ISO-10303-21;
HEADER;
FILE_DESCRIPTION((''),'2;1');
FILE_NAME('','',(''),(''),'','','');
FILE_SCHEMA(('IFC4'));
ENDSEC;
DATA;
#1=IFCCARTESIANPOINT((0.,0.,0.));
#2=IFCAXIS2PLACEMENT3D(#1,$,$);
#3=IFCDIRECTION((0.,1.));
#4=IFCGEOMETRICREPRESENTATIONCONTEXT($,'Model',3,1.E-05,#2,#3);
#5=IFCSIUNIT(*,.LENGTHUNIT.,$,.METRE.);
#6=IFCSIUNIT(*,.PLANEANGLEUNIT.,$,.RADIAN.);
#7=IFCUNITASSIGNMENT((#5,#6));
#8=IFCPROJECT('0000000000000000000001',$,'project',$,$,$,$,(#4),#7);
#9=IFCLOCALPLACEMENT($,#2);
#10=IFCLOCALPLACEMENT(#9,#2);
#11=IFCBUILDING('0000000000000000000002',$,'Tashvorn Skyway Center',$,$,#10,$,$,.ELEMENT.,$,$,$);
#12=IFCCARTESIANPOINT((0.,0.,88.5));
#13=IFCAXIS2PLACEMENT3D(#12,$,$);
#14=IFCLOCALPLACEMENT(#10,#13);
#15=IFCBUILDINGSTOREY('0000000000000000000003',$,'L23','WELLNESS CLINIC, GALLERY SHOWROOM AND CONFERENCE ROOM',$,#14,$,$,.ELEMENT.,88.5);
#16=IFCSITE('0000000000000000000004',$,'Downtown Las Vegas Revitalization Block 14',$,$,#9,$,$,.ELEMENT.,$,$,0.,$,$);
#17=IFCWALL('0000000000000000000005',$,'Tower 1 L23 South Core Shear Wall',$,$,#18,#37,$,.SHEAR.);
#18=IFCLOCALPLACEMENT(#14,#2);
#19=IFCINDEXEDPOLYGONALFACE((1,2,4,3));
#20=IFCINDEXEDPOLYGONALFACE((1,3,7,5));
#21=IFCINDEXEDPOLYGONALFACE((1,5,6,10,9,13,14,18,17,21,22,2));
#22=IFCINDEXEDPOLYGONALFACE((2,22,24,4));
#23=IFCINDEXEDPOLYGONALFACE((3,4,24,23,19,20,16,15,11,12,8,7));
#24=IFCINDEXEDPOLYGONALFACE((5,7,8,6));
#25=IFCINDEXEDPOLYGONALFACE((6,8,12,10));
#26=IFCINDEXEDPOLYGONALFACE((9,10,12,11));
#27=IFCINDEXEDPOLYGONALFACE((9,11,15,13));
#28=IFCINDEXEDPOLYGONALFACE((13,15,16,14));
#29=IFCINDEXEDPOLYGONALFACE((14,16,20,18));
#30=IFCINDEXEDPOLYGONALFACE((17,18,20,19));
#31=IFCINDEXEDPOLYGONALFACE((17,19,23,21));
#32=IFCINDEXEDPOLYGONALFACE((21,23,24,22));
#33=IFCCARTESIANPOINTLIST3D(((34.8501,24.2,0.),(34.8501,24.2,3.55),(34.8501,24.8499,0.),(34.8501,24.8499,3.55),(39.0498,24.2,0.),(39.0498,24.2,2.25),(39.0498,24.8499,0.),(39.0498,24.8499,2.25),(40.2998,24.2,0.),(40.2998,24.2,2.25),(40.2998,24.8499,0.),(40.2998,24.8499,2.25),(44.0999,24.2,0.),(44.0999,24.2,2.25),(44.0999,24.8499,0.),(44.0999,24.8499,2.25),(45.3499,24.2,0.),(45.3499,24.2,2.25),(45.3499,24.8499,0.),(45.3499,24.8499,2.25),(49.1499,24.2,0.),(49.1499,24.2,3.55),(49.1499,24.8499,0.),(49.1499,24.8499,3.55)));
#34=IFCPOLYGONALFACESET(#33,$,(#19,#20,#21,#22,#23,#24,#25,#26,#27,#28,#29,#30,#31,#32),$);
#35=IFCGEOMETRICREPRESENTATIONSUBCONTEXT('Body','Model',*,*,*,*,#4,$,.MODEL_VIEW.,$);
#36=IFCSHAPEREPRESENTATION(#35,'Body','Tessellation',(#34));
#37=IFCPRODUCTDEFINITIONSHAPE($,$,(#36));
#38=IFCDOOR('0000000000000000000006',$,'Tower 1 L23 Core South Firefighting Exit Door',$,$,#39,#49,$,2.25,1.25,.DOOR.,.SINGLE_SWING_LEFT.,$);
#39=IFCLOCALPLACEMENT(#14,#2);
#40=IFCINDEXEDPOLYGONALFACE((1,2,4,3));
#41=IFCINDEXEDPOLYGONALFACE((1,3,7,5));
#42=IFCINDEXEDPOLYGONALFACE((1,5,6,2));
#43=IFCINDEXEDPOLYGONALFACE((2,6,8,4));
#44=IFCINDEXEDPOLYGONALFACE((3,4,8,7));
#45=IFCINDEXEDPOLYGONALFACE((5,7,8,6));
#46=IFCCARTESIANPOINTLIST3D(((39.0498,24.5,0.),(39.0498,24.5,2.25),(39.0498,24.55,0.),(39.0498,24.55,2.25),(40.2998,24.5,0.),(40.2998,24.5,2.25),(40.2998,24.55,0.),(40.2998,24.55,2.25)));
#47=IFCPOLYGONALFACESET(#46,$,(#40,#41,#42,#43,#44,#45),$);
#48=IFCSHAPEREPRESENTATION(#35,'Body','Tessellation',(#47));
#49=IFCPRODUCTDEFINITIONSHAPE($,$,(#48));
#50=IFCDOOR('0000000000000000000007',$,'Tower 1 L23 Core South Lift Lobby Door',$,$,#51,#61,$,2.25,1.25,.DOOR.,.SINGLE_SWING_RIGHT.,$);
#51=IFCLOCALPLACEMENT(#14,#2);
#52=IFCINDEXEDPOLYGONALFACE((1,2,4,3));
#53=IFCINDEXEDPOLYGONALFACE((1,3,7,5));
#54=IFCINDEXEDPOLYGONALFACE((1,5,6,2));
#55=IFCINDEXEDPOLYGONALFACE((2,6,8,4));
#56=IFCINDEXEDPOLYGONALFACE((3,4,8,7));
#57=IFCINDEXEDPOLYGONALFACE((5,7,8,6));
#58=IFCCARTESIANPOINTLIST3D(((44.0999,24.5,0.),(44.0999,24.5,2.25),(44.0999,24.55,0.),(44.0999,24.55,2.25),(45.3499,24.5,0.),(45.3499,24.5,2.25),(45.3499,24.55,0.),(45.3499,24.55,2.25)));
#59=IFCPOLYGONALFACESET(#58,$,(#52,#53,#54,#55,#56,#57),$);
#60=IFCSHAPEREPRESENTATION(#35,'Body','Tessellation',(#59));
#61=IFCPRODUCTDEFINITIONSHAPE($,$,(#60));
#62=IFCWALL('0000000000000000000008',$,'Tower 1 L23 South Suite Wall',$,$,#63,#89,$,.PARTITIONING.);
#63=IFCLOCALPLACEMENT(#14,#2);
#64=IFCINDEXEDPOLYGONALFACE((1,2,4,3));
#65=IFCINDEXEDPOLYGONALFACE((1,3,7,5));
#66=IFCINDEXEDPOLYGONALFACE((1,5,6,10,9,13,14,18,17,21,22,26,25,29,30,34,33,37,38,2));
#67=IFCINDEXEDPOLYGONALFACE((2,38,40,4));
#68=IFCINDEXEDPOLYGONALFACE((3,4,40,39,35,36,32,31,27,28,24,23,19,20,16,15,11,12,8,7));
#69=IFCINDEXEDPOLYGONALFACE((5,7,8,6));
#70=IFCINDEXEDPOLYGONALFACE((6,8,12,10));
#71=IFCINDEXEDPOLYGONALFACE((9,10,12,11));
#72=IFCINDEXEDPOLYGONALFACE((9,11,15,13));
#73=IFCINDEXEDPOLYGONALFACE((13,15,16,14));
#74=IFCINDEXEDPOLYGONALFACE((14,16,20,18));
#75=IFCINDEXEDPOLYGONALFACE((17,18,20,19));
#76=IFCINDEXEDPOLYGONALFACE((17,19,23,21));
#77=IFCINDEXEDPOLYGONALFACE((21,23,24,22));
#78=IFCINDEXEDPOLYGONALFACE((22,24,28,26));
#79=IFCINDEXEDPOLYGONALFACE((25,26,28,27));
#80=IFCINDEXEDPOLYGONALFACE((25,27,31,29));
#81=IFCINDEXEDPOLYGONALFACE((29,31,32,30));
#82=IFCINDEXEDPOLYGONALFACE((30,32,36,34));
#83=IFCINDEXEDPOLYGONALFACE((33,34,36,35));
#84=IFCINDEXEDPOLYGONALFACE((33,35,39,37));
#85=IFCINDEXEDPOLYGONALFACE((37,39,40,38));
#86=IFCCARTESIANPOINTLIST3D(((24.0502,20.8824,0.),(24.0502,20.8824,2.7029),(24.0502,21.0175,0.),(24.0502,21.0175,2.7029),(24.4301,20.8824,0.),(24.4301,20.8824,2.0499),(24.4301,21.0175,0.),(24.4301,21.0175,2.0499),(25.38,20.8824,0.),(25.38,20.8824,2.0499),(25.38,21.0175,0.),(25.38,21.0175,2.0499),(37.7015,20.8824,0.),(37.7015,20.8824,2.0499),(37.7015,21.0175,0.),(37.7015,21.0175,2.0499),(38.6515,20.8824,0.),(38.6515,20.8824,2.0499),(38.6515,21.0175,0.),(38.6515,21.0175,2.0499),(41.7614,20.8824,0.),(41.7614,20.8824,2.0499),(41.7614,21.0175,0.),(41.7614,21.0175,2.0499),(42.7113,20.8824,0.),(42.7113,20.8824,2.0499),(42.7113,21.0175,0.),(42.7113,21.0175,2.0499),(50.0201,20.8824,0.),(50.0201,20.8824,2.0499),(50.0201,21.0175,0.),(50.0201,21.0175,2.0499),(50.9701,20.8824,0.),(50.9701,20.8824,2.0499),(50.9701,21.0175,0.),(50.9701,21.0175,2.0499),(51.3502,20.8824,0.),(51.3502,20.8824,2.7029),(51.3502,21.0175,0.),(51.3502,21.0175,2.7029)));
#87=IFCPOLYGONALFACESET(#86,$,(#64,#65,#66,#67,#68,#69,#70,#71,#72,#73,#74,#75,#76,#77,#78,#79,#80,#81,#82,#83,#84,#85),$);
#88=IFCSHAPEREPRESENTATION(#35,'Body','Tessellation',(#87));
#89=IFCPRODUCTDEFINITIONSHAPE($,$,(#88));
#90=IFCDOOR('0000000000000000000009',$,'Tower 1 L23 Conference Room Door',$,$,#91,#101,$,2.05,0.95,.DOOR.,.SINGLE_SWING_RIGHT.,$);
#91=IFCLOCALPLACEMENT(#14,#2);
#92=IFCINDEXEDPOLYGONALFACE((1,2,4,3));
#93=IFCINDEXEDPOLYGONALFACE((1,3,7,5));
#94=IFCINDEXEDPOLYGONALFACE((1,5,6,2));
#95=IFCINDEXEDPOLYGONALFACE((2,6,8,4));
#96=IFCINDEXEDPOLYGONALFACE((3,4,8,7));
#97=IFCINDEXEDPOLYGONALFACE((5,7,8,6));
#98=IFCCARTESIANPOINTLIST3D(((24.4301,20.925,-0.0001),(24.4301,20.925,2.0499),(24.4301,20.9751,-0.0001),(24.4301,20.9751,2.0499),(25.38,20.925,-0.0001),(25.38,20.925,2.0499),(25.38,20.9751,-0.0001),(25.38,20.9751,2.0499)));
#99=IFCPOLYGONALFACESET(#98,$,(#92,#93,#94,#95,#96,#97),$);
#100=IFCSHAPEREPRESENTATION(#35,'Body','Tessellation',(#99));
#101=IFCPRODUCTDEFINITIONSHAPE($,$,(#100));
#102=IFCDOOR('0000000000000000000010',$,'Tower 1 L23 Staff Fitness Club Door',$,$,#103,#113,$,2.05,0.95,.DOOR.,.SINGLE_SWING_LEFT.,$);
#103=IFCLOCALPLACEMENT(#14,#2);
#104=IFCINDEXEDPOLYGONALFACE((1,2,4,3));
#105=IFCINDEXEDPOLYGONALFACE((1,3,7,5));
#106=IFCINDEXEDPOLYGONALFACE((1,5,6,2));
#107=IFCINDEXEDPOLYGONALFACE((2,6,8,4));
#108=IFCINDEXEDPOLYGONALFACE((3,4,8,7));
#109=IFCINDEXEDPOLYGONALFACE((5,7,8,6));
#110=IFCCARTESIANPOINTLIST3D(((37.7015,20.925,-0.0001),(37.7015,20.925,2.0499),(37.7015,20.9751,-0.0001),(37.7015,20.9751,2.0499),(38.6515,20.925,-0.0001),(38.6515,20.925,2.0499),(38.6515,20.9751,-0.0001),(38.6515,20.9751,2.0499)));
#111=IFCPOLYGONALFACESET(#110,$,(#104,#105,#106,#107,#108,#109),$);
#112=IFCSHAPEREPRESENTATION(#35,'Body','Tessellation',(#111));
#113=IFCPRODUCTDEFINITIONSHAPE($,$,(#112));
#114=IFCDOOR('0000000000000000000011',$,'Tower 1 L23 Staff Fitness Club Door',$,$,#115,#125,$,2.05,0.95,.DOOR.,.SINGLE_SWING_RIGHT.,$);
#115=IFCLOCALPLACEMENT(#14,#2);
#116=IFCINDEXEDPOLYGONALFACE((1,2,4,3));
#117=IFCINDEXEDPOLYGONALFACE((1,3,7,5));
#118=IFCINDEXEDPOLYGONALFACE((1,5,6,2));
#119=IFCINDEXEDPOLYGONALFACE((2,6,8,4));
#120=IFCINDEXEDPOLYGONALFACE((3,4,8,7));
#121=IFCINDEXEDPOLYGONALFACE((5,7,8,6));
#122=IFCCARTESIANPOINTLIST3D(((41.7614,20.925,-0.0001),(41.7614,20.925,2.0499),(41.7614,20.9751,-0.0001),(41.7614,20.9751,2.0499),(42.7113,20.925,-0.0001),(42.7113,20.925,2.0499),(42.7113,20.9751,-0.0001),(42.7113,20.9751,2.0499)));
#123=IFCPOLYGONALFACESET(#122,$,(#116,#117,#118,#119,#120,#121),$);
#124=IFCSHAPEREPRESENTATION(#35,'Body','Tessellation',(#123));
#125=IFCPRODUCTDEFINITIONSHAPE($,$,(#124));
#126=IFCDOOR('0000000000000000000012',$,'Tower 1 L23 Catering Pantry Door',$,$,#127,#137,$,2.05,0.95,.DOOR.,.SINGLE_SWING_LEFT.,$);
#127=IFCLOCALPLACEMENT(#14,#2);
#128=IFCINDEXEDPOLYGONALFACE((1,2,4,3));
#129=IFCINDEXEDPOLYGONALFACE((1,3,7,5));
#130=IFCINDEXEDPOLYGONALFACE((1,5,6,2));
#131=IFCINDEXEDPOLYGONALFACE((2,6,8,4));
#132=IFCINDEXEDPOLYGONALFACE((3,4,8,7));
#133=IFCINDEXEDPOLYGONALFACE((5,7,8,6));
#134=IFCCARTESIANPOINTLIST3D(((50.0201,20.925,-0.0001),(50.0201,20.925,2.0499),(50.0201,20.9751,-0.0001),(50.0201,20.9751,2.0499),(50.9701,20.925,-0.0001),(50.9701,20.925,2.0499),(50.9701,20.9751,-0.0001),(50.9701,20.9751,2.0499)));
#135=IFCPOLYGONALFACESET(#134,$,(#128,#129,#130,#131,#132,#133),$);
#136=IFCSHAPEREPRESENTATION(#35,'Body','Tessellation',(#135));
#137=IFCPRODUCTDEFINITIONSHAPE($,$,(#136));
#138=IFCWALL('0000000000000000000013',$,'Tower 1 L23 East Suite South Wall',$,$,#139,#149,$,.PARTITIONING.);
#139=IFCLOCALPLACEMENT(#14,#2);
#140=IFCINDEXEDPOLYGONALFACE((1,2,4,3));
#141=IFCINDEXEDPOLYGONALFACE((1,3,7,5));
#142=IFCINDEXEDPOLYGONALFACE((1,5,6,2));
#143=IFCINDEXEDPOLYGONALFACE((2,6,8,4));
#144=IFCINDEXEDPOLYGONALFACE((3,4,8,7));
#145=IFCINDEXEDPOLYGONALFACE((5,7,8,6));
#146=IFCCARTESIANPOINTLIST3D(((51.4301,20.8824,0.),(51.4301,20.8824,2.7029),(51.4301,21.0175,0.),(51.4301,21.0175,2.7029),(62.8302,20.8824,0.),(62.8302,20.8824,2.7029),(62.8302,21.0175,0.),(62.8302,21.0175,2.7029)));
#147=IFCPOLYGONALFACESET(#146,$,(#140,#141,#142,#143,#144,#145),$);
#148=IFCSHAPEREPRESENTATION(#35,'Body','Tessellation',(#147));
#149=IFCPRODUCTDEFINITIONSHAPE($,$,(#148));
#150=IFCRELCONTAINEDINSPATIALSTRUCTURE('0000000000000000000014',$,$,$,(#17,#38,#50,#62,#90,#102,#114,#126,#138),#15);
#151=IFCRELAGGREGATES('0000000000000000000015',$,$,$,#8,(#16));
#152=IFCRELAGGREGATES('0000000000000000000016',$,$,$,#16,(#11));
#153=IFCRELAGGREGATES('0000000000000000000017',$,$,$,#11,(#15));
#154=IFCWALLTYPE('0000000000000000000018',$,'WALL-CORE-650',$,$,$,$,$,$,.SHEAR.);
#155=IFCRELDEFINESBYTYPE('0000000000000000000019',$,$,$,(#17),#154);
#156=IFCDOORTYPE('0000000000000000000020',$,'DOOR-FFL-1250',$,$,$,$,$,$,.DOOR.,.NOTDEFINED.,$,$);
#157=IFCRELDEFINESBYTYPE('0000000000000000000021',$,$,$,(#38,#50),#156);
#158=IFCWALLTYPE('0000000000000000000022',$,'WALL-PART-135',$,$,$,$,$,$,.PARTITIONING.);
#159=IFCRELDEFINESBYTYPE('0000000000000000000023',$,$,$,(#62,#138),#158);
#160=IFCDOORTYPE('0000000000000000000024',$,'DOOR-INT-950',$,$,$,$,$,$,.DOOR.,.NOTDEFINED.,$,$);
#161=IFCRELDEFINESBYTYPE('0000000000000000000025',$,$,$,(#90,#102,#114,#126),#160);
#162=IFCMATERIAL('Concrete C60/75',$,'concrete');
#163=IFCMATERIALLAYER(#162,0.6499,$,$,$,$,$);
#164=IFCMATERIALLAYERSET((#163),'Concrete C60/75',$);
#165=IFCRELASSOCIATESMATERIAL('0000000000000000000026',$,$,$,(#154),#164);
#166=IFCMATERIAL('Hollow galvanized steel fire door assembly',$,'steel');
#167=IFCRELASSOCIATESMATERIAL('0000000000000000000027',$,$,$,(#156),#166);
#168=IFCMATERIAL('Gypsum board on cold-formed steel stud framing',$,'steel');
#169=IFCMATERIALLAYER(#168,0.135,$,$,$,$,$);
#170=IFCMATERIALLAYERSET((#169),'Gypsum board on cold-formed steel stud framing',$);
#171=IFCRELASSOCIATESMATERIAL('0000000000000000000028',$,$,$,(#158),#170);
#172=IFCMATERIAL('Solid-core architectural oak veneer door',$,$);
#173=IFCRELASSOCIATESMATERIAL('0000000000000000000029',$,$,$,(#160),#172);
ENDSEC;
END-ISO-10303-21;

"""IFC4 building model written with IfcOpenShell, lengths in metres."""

from ifc_helpers import new_model, si_unit, direction, frame, frame_2d, origin, place, context, subcontext, project, spatial, rectangle, extrude, material, layer, layer_set, type_object, element, fill, save


model = new_model("IFC4")

# Units and contexts
model_context = context("Model", 3, precision=1e-05, world=origin(), true_north=direction((0.0, 1.0)))
body_context = subcontext(model_context, "Body", "Model", "MODEL_VIEW")
ifc_project = project(units=[si_unit("LENGTHUNIT", "METRE"), si_unit("PLANEANGLEUNIT", "RADIAN")], contexts=[model_context])

# Site, building, storey
site_placement = place(None, origin())
site = spatial("IfcSite", under=ifc_project, at=site_placement, Name="Downtown Las Vegas Revitalization Block 14", CompositionType="ELEMENT", RefElevation=0.0)
building_placement = place(site_placement, origin())
building = spatial("IfcBuilding", under=site, at=building_placement, Name="Tashvorn Skyway Center", CompositionType="ELEMENT")
storey_placement = place(building_placement, frame((0.0, 0.0, 88.5)))
storey = spatial("IfcBuildingStorey", under=building, at=storey_placement, Name="L23", Description="WELLNESS CLINIC, GALLERY SHOWROOM AND CONFERENCE ROOM", CompositionType="ELEMENT", Elevation=88.5)

# Walls, openings, doors
ifc_material_1 = material(Name="Concrete C60/75", Category="concrete")
ifc_layer_1 = layer(ifc_material_1, 0.6499)
ifc_layer_set_1 = layer_set([ifc_layer_1], Name="Concrete C60/75")
wall_type_1 = type_object("IfcWallType", Name="WALL-CORE-650", PredefinedType="SHEAR", material=ifc_layer_set_1)
wall_1_placement = place(storey_placement, frame((49.1499, 24.5249, 0.0), z_axis=(0.0, 0.0, 1.0), x_axis=(-1.0, 0.0, 0.0)))
wall_1 = element("IfcWall", 1, at=wall_1_placement, inside=storey, type_object=wall_type_1, Name="Tower 1 L23 South Core Shear Wall", PredefinedType="SHEAR", context=body_context, shape_type="SweptSolid", body=[
    extrude(rectangle(XDim=14.2998, YDim=0.6499, at=frame_2d((7.1499, 0.0))), origin(), (0.0, 0.0, 1.0), 3.55),
])
opening_1_placement = place(wall_1_placement, frame((8.8501, 0.0, 0.0)))
opening_1 = element("IfcOpeningElement", 2, at=opening_1_placement, cuts=wall_1, PredefinedType="OPENING", context=body_context, shape_type="SweptSolid", body=[
    extrude(rectangle(XDim=1.25, YDim=2.25, at=frame_2d((0.625, 1.125))), frame((0.0, 0.335, 0.0), z_axis=(0.0, -1.0, 0.0), x_axis=(1.0, 0.0, 0.0)), (0.0, 0.0, 1.0), 0.6699),
])
opening_2_placement = place(wall_1_placement, frame((3.8, 0.0, 0.0)))
opening_2 = element("IfcOpeningElement", 3, at=opening_2_placement, cuts=wall_1, PredefinedType="OPENING", context=body_context, shape_type="SweptSolid", body=[
    extrude(rectangle(XDim=1.25, YDim=2.25, at=frame_2d((0.625, 1.125))), frame((0.0, 0.335, 0.0), z_axis=(0.0, -1.0, 0.0), x_axis=(1.0, 0.0, 0.0)), (0.0, 0.0, 1.0), 0.6699),
])
ifc_material_2 = material(Name="Hollow galvanized steel fire door assembly", Category="steel")
door_type_1 = type_object("IfcDoorType", Name="DOOR-FFL-1250", OperationType="NOTDEFINED", PredefinedType="DOOR", material=ifc_material_2)
door_1_placement = place(opening_1_placement, origin())
door_1 = element("IfcDoor", 4, at=door_1_placement, inside=storey, type_object=door_type_1, Name="Tower 1 L23 Core South Firefighting Exit Door", OperationType="SINGLE_SWING_LEFT", OverallHeight=2.25, OverallWidth=1.25, PredefinedType="DOOR", context=body_context, shape_type="SweptSolid", body=[
    extrude(rectangle(XDim=1.25, YDim=2.25, at=frame_2d((0.625, 1.125))), frame((0.0, 0.0249, 0.0), z_axis=(0.0, -1.0, 0.0), x_axis=(1.0, 0.0, 0.0)), (0.0, 0.0, 1.0), 0.05),
])
fill(opening_1, door_1)
door_2_placement = place(opening_2_placement, origin())
door_2 = element("IfcDoor", 5, at=door_2_placement, inside=storey, type_object=door_type_1, Name="Tower 1 L23 Core South Lift Lobby Door", OperationType="SINGLE_SWING_RIGHT", OverallHeight=2.25, OverallWidth=1.25, PredefinedType="DOOR", context=body_context, shape_type="SweptSolid", body=[
    extrude(rectangle(XDim=1.25, YDim=2.25, at=frame_2d((0.625, 1.125))), frame((0.0, 0.0249, 0.0), z_axis=(0.0, -1.0, 0.0), x_axis=(1.0, 0.0, 0.0)), (0.0, 0.0, 1.0), 0.05),
])
fill(opening_2, door_2)
ifc_material_3 = material(Name="Gypsum board on cold-formed steel stud framing", Category="steel")
ifc_layer_2 = layer(ifc_material_3, 0.135)
ifc_layer_set_2 = layer_set([ifc_layer_2], Name="Gypsum board on cold-formed steel stud framing")
wall_type_2 = type_object("IfcWallType", Name="WALL-PART-135", PredefinedType="PARTITIONING", material=ifc_layer_set_2)
wall_2_placement = place(storey_placement, frame((51.3501, 20.95, 0.0), z_axis=(0.0, 0.0, 1.0), x_axis=(-1.0, 0.0, 0.0)))
wall_2 = element("IfcWall", 6, at=wall_2_placement, inside=storey, type_object=wall_type_2, Name="Tower 1 L23 South Suite Wall", PredefinedType="PARTITIONING", context=body_context, shape_type="SweptSolid", body=[
    extrude(rectangle(XDim=27.3, YDim=0.135, at=frame_2d((13.6499, 0.0))), origin(), (0.0, 0.0, 1.0), 2.7029),
])
opening_3_placement = place(wall_2_placement, frame((25.97, 0.0, 0.0)))
opening_3 = element("IfcOpeningElement", 7, at=opening_3_placement, cuts=wall_2, PredefinedType="OPENING", context=body_context, shape_type="SweptSolid", body=[
    extrude(rectangle(XDim=0.95, YDim=2.05, at=frame_2d((0.4751, 1.0249))), frame((0.0, 0.0774, 0.0), z_axis=(0.0, -1.0, 0.0), x_axis=(1.0, 0.0, 0.0)), (0.0, 0.0, 1.0), 0.155),
])
opening_4_placement = place(wall_2_placement, frame((12.6985, 0.0, 0.0)))
opening_4 = element("IfcOpeningElement", 8, at=opening_4_placement, cuts=wall_2, PredefinedType="OPENING", context=body_context, shape_type="SweptSolid", body=[
    extrude(rectangle(XDim=0.95, YDim=2.05, at=frame_2d((0.4751, 1.0249))), frame((0.0, 0.0774, 0.0), z_axis=(0.0, -1.0, 0.0), x_axis=(1.0, 0.0, 0.0)), (0.0, 0.0, 1.0), 0.155),
])
opening_5_placement = place(wall_2_placement, frame((8.6387, 0.0, 0.0)))
opening_5 = element("IfcOpeningElement", 9, at=opening_5_placement, cuts=wall_2, PredefinedType="OPENING", context=body_context, shape_type="SweptSolid", body=[
    extrude(rectangle(XDim=0.95, YDim=2.05, at=frame_2d((0.4751, 1.0249))), frame((0.0, 0.0774, 0.0), z_axis=(0.0, -1.0, 0.0), x_axis=(1.0, 0.0, 0.0)), (0.0, 0.0, 1.0), 0.155),
])
opening_6_placement = place(wall_2_placement, frame((0.3799, 0.0, 0.0)))
opening_6 = element("IfcOpeningElement", 10, at=opening_6_placement, cuts=wall_2, PredefinedType="OPENING", context=body_context, shape_type="SweptSolid", body=[
    extrude(rectangle(XDim=0.95, YDim=2.05, at=frame_2d((0.4751, 1.0249))), frame((0.0, 0.0774, 0.0), z_axis=(0.0, -1.0, 0.0), x_axis=(1.0, 0.0, 0.0)), (0.0, 0.0, 1.0), 0.155),
])
ifc_material_4 = material(Name="Solid-core architectural oak veneer door")
door_type_2 = type_object("IfcDoorType", Name="DOOR-INT-950", OperationType="NOTDEFINED", PredefinedType="DOOR", material=ifc_material_4)
door_3_placement = place(opening_3_placement, origin())
door_3 = element("IfcDoor", 11, at=door_3_placement, inside=storey, type_object=door_type_2, Name="Tower 1 L23 Conference Room Door", OperationType="SINGLE_SWING_RIGHT", OverallHeight=2.05, OverallWidth=0.95, PredefinedType="DOOR", context=body_context, shape_type="SweptSolid", body=[
    extrude(rectangle(XDim=0.95, YDim=2.05, at=frame_2d((0.4751, 1.0249))), frame((0.0, 0.0249, 0.0), z_axis=(0.0, -1.0, 0.0), x_axis=(1.0, 0.0, 0.0)), (0.0, 0.0, 1.0), 0.05),
])
fill(opening_3, door_3)
door_4_placement = place(opening_4_placement, origin())
door_4 = element("IfcDoor", 12, at=door_4_placement, inside=storey, type_object=door_type_2, Name="Tower 1 L23 Staff Fitness Club Door", OperationType="SINGLE_SWING_LEFT", OverallHeight=2.05, OverallWidth=0.95, PredefinedType="DOOR", context=body_context, shape_type="SweptSolid", body=[
    extrude(rectangle(XDim=0.95, YDim=2.05, at=frame_2d((0.4751, 1.0249))), frame((0.0, 0.0249, 0.0), z_axis=(0.0, -1.0, 0.0), x_axis=(1.0, 0.0, 0.0)), (0.0, 0.0, 1.0), 0.05),
])
fill(opening_4, door_4)
door_5_placement = place(opening_5_placement, origin())
door_5 = element("IfcDoor", 13, at=door_5_placement, inside=storey, type_object=door_type_2, Name="Tower 1 L23 Staff Fitness Club Door", OperationType="SINGLE_SWING_RIGHT", OverallHeight=2.05, OverallWidth=0.95, PredefinedType="DOOR", context=body_context, shape_type="SweptSolid", body=[
    extrude(rectangle(XDim=0.95, YDim=2.05, at=frame_2d((0.4751, 1.0249))), frame((0.0, 0.0249, 0.0), z_axis=(0.0, -1.0, 0.0), x_axis=(1.0, 0.0, 0.0)), (0.0, 0.0, 1.0), 0.05),
])
fill(opening_5, door_5)
door_6_placement = place(opening_6_placement, origin())
door_6 = element("IfcDoor", 14, at=door_6_placement, inside=storey, type_object=door_type_2, Name="Tower 1 L23 Catering Pantry Door", OperationType="SINGLE_SWING_LEFT", OverallHeight=2.05, OverallWidth=0.95, PredefinedType="DOOR", context=body_context, shape_type="SweptSolid", body=[
    extrude(rectangle(XDim=0.95, YDim=2.05, at=frame_2d((0.4751, 1.0249))), frame((0.0, 0.0249, 0.0), z_axis=(0.0, -1.0, 0.0), x_axis=(1.0, 0.0, 0.0)), (0.0, 0.0, 1.0), 0.05),
])
fill(opening_6, door_6)

# Wall
wall_3_placement = place(storey_placement, frame((51.4299, 20.95, 0.0), z_axis=(0.0, 0.0, 1.0), x_axis=(1.0, 0.0, 0.0)))
element("IfcWall", 15, at=wall_3_placement, inside=storey, type_object=wall_type_2, Name="Tower 1 L23 East Suite South Wall", PredefinedType="PARTITIONING", context=body_context, shape_type="SweptSolid", body=[
    extrude(rectangle(XDim=11.4001, YDim=0.135, at=frame_2d((5.7002, 0.0))), origin(), (0.0, 0.0, 1.0), 2.7029),
])

save(model, "model.ifc")
